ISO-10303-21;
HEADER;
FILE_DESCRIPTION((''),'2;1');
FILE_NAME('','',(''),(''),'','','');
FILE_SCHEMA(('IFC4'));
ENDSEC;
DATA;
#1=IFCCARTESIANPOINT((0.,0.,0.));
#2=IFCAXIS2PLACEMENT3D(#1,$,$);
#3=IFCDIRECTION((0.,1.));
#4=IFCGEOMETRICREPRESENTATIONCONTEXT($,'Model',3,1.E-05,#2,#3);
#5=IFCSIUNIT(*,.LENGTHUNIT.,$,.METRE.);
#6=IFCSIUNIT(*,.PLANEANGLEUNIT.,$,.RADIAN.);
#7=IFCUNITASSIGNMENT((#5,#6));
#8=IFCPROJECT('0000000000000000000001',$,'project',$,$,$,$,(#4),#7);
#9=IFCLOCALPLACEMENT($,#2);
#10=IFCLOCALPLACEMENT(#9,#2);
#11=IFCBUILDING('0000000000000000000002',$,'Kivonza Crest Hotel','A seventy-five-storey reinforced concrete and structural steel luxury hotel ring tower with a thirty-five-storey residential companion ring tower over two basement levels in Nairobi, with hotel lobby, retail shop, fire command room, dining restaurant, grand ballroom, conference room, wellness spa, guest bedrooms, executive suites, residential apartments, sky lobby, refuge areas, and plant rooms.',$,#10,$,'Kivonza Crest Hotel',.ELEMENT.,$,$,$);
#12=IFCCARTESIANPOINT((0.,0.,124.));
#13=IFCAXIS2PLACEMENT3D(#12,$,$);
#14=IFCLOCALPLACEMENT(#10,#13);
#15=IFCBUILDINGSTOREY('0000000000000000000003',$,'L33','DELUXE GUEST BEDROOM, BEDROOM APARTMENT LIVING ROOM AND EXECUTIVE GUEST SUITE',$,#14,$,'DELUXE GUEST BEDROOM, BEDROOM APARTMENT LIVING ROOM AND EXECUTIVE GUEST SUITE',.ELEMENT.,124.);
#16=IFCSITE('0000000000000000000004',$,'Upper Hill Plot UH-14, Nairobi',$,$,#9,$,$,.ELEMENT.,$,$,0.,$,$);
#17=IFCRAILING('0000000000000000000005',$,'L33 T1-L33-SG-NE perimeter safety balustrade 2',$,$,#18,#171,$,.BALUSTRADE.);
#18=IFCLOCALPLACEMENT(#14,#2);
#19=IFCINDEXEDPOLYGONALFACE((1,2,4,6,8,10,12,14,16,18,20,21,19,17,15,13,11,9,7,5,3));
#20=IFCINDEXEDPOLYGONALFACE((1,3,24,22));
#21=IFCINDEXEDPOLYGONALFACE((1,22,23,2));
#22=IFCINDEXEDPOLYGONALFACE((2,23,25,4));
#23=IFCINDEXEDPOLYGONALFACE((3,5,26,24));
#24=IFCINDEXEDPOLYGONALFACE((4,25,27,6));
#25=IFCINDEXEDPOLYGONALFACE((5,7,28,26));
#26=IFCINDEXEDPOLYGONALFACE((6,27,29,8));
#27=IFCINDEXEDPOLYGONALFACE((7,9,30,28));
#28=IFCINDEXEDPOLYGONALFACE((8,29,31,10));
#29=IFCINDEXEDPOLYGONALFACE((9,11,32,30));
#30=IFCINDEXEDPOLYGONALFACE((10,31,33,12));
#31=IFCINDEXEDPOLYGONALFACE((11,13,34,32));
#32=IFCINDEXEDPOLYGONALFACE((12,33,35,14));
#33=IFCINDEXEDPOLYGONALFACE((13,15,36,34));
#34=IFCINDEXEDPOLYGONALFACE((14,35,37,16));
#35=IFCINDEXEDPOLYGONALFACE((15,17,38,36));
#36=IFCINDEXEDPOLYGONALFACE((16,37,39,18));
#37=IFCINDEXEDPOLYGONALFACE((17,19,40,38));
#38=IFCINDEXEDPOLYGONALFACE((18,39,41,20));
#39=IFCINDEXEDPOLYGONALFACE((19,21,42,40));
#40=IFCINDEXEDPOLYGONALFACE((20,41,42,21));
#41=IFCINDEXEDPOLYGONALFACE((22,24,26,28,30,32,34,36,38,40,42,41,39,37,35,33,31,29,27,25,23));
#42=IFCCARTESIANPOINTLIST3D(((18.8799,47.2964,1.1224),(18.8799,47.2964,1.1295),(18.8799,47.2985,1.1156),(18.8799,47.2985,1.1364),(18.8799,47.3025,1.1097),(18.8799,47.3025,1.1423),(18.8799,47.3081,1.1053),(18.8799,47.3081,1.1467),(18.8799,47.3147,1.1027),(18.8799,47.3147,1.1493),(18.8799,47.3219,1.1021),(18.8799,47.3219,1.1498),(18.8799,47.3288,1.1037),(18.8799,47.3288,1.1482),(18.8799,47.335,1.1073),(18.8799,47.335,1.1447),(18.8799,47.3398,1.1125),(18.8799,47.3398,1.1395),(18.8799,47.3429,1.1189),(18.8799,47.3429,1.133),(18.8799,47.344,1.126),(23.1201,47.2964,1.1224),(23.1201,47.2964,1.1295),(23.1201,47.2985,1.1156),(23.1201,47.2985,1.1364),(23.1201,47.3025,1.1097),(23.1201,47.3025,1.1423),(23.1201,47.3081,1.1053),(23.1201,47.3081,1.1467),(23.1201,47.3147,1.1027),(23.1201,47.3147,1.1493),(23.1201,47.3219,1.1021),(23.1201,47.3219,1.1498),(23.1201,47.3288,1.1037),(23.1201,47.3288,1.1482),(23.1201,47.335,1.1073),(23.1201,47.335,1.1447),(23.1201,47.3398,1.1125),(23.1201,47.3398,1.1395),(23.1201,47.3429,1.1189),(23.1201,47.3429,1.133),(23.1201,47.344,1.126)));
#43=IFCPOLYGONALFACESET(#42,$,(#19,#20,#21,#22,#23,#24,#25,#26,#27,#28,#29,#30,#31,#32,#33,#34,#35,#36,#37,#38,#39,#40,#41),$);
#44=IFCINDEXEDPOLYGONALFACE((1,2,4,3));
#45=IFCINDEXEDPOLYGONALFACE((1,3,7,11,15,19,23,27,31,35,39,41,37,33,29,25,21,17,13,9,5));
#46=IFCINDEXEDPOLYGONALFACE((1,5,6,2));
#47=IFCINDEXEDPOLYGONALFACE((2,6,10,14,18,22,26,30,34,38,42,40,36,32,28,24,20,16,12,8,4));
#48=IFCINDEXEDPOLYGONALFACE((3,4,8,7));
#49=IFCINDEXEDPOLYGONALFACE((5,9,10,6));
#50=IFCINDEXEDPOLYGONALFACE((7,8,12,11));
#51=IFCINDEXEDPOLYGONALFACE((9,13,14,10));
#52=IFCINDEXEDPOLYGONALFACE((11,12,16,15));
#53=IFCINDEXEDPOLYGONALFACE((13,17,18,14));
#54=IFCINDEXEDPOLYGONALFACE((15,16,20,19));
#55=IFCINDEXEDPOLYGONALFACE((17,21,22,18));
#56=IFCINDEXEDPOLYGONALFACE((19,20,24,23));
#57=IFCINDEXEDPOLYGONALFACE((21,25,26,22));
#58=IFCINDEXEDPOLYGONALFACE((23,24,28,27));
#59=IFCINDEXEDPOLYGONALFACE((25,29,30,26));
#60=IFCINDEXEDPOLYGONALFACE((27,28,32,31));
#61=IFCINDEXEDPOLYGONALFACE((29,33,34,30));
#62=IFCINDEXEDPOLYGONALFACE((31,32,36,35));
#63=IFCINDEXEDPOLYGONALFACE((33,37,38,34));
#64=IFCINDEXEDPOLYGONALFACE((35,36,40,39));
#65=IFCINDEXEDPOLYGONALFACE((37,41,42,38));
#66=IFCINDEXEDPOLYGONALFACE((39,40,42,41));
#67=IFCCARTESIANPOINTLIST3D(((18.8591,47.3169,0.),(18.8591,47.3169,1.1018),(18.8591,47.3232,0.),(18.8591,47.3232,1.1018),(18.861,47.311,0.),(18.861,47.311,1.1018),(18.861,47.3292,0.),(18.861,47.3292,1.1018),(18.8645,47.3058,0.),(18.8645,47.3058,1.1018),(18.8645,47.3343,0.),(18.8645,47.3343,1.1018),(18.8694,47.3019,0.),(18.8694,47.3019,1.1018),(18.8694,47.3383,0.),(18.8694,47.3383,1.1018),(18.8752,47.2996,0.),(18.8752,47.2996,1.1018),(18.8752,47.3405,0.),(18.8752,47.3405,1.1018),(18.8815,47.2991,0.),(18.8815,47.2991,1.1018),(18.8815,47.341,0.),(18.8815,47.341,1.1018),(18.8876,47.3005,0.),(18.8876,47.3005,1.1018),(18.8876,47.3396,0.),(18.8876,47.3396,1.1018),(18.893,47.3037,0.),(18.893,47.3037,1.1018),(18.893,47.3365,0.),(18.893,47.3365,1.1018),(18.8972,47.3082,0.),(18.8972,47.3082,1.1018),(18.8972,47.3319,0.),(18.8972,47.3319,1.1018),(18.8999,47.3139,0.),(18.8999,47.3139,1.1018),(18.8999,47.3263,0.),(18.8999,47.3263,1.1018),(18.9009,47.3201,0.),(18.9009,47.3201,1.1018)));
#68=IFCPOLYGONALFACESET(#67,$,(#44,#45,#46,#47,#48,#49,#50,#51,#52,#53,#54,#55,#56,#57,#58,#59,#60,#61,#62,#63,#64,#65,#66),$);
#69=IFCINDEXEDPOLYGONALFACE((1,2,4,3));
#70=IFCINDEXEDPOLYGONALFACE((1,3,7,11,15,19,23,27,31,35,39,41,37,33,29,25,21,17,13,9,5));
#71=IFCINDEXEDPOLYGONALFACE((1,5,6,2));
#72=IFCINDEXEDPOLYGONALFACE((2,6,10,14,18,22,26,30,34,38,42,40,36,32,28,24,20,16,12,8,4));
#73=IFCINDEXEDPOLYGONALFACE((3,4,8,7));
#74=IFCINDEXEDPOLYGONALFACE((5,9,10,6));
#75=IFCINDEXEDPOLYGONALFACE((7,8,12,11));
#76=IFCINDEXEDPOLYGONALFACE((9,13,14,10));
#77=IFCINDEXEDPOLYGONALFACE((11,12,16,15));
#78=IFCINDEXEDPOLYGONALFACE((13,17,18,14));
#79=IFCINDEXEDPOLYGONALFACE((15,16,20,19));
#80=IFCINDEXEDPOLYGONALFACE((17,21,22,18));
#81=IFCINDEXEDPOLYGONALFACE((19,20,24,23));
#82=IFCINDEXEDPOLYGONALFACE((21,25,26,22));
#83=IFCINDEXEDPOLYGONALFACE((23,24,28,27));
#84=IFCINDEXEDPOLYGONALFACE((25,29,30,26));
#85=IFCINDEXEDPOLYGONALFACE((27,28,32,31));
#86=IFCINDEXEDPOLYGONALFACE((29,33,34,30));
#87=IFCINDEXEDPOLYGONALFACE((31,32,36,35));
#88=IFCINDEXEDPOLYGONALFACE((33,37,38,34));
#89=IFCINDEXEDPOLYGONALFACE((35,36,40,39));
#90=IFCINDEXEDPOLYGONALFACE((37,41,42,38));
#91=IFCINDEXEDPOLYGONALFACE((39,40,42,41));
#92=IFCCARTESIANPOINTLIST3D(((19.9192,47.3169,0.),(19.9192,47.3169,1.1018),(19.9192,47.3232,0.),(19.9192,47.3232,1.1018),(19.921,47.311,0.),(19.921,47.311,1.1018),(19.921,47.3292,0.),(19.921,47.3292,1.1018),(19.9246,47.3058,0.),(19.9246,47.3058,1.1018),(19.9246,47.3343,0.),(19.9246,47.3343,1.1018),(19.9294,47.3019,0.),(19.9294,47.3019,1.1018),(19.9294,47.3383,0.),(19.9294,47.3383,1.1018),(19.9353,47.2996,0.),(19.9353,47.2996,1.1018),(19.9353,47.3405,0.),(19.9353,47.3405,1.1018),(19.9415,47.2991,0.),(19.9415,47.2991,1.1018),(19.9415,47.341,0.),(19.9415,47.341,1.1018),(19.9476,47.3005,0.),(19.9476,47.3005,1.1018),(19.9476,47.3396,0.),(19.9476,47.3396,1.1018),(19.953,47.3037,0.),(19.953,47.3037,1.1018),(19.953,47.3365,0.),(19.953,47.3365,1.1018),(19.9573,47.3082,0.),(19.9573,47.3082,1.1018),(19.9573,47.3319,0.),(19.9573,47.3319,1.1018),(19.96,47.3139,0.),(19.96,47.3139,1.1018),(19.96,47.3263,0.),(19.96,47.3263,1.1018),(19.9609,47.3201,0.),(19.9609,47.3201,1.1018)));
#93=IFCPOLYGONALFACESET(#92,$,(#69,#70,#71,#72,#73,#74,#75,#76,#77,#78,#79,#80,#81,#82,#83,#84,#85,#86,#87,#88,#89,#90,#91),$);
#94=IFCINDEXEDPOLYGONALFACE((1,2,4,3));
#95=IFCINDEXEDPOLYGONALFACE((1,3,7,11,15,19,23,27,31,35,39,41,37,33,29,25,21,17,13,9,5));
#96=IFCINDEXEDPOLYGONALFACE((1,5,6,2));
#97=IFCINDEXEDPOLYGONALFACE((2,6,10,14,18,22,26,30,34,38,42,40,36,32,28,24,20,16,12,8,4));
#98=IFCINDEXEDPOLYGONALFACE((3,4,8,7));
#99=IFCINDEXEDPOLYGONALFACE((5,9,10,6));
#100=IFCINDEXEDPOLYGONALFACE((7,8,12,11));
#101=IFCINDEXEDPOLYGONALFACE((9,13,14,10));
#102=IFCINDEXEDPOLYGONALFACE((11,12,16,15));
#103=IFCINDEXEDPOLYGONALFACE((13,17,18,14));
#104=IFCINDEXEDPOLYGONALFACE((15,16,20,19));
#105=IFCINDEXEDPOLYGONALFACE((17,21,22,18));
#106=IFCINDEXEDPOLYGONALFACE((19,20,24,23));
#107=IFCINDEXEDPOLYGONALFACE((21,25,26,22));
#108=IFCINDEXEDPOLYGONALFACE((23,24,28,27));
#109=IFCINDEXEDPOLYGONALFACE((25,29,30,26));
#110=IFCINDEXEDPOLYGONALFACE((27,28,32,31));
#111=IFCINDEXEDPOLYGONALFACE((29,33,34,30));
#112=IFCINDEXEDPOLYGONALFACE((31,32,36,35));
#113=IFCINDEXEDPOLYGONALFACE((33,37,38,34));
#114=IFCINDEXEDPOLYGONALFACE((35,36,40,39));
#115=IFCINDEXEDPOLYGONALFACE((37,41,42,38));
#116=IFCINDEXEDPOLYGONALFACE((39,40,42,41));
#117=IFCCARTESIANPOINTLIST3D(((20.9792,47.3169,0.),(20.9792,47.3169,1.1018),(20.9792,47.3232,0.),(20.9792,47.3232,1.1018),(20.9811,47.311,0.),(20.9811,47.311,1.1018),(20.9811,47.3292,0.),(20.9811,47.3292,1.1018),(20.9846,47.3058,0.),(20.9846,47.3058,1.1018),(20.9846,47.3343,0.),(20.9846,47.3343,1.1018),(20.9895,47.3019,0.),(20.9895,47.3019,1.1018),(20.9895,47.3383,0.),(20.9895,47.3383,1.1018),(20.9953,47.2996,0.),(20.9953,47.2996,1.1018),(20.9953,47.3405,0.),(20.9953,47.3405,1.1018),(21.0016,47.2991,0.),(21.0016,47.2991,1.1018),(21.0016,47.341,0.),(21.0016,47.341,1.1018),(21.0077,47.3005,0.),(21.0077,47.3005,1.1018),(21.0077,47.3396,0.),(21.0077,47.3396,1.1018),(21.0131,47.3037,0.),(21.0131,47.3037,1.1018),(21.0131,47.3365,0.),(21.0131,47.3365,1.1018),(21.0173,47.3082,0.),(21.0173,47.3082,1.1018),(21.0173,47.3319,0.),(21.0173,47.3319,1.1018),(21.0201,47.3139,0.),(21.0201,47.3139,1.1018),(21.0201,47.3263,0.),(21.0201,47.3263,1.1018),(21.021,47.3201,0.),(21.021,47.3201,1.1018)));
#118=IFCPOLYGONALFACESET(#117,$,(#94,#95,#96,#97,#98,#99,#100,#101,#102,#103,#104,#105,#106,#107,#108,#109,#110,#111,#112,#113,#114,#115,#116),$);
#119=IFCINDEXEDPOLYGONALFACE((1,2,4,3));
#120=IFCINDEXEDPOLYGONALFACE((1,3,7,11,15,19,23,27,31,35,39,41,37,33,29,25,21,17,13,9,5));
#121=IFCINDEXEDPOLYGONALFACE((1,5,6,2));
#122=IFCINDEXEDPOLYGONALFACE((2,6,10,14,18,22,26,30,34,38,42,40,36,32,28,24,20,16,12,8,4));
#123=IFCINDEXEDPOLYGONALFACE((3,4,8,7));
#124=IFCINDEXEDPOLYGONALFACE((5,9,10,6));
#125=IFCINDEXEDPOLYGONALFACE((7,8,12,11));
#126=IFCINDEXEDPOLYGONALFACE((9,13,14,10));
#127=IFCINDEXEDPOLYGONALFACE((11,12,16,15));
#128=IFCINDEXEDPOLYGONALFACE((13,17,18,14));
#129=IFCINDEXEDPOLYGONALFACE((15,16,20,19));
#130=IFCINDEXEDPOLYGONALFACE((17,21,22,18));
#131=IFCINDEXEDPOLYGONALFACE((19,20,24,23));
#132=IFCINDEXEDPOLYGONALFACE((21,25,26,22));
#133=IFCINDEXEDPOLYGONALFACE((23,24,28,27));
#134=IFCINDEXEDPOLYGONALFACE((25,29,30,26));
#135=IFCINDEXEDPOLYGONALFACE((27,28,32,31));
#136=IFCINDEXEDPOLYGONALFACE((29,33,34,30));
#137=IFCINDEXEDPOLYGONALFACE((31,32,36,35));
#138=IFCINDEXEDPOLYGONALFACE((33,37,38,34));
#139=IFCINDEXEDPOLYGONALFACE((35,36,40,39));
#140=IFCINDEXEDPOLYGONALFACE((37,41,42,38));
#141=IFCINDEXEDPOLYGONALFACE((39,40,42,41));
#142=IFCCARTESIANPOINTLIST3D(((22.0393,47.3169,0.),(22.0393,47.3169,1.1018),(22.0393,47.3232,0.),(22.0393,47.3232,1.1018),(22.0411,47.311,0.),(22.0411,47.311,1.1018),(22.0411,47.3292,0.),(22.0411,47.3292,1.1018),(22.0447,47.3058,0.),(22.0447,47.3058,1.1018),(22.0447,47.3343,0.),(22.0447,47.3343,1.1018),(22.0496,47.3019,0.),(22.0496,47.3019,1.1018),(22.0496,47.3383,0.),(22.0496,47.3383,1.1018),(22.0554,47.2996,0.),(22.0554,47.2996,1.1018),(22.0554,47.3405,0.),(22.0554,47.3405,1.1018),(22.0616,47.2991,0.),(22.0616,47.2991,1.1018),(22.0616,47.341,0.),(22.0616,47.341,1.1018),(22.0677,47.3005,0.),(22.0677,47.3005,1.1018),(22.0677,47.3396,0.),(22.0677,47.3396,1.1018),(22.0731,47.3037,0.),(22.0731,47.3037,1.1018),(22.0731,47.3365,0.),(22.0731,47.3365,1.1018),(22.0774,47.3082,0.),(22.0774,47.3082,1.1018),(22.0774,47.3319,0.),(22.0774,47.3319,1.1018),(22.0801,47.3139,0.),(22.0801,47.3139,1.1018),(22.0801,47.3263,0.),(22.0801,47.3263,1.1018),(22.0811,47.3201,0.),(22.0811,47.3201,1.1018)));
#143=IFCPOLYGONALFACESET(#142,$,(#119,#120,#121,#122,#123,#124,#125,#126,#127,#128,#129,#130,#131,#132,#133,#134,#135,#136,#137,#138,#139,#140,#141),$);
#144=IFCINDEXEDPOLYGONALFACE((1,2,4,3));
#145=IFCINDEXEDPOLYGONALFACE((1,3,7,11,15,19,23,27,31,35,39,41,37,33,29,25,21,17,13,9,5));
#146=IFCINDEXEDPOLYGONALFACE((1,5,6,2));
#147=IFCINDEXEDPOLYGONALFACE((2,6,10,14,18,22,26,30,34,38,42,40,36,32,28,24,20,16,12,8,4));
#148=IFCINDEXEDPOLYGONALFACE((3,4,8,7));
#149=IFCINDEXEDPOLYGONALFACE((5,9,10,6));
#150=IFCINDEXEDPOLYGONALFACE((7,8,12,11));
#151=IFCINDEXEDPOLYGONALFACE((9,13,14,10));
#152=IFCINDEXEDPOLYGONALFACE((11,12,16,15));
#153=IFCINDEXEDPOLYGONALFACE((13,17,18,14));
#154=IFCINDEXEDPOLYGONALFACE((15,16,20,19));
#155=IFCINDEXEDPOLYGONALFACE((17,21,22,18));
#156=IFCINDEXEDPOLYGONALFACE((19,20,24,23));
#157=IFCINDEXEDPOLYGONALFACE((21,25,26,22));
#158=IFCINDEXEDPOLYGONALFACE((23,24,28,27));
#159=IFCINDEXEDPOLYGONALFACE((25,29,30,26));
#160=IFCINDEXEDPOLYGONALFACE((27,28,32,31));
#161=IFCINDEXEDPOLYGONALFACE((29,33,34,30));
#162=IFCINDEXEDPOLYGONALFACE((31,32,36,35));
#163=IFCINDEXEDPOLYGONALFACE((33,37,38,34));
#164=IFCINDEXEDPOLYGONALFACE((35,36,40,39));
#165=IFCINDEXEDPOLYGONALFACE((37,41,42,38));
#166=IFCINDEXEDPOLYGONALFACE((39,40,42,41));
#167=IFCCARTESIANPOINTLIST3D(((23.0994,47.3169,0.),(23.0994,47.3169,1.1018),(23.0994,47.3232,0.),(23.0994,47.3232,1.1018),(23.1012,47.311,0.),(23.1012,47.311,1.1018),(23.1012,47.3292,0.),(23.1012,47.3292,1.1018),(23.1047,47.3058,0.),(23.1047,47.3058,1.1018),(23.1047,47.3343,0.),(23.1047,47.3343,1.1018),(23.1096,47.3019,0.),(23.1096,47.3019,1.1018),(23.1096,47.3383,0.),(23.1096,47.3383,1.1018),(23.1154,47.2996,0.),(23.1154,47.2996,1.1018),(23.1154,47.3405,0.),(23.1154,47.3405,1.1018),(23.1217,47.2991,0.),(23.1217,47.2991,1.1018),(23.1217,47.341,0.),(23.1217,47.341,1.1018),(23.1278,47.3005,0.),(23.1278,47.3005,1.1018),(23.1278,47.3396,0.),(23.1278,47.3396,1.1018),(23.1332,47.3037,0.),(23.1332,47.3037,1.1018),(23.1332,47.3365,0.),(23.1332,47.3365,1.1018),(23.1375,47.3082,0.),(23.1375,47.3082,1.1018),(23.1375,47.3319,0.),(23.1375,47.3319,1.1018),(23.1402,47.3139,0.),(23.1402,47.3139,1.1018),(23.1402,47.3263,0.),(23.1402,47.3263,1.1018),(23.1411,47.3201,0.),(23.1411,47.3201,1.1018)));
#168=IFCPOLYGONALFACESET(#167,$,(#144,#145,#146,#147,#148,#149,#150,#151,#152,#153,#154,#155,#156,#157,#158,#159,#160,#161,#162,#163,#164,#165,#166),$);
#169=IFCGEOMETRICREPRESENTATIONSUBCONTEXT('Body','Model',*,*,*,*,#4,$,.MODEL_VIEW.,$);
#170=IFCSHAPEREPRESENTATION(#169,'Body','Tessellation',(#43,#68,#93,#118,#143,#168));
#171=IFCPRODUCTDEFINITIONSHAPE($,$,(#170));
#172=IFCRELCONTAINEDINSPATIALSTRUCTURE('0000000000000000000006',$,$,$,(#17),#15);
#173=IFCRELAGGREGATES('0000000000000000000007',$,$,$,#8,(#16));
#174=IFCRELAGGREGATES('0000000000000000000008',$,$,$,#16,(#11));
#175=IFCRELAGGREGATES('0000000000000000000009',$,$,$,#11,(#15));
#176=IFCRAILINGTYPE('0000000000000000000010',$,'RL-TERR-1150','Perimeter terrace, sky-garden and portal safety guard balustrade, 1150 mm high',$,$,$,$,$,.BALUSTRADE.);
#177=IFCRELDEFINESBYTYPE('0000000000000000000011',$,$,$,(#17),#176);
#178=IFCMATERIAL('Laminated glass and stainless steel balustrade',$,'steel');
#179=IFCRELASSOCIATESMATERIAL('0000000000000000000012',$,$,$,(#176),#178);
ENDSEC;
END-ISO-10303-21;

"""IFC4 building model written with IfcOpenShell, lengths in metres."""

from ifc_helpers import new_model, si_unit, direction, frame, origin, origin_2d, place, context, subcontext, project, spatial, circle, extrude, material, type_object, element, save


model = new_model("IFC4")

# Units and contexts
model_context = context("Model", 3, precision=1e-05, world=origin(), true_north=direction((0.0, 1.0)))
body_context = subcontext(model_context, "Body", "Model", "MODEL_VIEW")
ifc_project = project(units=[si_unit("LENGTHUNIT", "METRE"), si_unit("PLANEANGLEUNIT", "RADIAN")], contexts=[model_context])

# Site, building, storey
site_placement = place(None, origin())
site = spatial("IfcSite", under=ifc_project, at=site_placement, Name="Upper Hill Plot UH-14, Nairobi", CompositionType="ELEMENT", RefElevation=0.0)
building_placement = place(site_placement, origin())
building = spatial("IfcBuilding", under=site, at=building_placement, Name="Kivonza Crest Hotel", Description="A seventy-five-storey reinforced concrete and structural steel luxury hotel ring tower with a thirty-five-storey residential companion ring tower over two basement levels in Nairobi, with hotel lobby, retail shop, fire command room, dining restaurant, grand ballroom, conference room, wellness spa, guest bedrooms, executive suites, residential apartments, sky lobby, refuge areas, and plant rooms.", LongName="Kivonza Crest Hotel", CompositionType="ELEMENT")
storey_placement = place(building_placement, frame((0.0, 0.0, 124.0)))
storey = spatial("IfcBuildingStorey", under=building, at=storey_placement, Name="L33", Description="DELUXE GUEST BEDROOM, BEDROOM APARTMENT LIVING ROOM AND EXECUTIVE GUEST SUITE", LongName="DELUXE GUEST BEDROOM, BEDROOM APARTMENT LIVING ROOM AND EXECUTIVE GUEST SUITE", CompositionType="ELEMENT", Elevation=124.0)

# Railing
ifc_material_1 = material(Name="Laminated glass and stainless steel balustrade", Category="steel")
railing_type = type_object("IfcRailingType", Name="RL-TERR-1150", Description="Perimeter terrace, sky-garden and portal safety guard balustrade, 1150 mm high", PredefinedType="BALUSTRADE", material=ifc_material_1)
railing_1_placement = place(storey_placement, frame((18.8799, 47.3201, 0.0)))
element("IfcRailing", 1, at=railing_1_placement, inside=storey, type_object=railing_type, Name="L33 T1-L33-SG-NE perimeter safety balustrade 2", PredefinedType="BALUSTRADE", context=body_context, shape_type="SweptSolid", body=[
    extrude(circle(Radius=0.0239, at=origin_2d()), frame((0.0, 0.0, 1.126), z_axis=(1.0, 0.0, 0.0), x_axis=(0.0, 1.0, 0.0)), (0.0, 0.0, 1.0), 4.2402),
    extrude(circle(Radius=0.021, at=origin_2d()), origin(), (0.0, 0.0, 1.0), 1.1018),
    extrude(circle(Radius=0.021, at=origin_2d()), frame((1.0601, 0.0, 0.0)), (0.0, 0.0, 1.0), 1.1018),
    extrude(circle(Radius=0.021, at=origin_2d()), frame((2.1201, 0.0, 0.0)), (0.0, 0.0, 1.0), 1.1018),
    extrude(circle(Radius=0.021, at=origin_2d()), frame((3.1802, 0.0, 0.0)), (0.0, 0.0, 1.0), 1.1018),
    extrude(circle(Radius=0.021, at=origin_2d()), frame((4.2402, 0.0, 0.0)), (0.0, 0.0, 1.0), 1.1018),
])

save(model, "model.ifc")
